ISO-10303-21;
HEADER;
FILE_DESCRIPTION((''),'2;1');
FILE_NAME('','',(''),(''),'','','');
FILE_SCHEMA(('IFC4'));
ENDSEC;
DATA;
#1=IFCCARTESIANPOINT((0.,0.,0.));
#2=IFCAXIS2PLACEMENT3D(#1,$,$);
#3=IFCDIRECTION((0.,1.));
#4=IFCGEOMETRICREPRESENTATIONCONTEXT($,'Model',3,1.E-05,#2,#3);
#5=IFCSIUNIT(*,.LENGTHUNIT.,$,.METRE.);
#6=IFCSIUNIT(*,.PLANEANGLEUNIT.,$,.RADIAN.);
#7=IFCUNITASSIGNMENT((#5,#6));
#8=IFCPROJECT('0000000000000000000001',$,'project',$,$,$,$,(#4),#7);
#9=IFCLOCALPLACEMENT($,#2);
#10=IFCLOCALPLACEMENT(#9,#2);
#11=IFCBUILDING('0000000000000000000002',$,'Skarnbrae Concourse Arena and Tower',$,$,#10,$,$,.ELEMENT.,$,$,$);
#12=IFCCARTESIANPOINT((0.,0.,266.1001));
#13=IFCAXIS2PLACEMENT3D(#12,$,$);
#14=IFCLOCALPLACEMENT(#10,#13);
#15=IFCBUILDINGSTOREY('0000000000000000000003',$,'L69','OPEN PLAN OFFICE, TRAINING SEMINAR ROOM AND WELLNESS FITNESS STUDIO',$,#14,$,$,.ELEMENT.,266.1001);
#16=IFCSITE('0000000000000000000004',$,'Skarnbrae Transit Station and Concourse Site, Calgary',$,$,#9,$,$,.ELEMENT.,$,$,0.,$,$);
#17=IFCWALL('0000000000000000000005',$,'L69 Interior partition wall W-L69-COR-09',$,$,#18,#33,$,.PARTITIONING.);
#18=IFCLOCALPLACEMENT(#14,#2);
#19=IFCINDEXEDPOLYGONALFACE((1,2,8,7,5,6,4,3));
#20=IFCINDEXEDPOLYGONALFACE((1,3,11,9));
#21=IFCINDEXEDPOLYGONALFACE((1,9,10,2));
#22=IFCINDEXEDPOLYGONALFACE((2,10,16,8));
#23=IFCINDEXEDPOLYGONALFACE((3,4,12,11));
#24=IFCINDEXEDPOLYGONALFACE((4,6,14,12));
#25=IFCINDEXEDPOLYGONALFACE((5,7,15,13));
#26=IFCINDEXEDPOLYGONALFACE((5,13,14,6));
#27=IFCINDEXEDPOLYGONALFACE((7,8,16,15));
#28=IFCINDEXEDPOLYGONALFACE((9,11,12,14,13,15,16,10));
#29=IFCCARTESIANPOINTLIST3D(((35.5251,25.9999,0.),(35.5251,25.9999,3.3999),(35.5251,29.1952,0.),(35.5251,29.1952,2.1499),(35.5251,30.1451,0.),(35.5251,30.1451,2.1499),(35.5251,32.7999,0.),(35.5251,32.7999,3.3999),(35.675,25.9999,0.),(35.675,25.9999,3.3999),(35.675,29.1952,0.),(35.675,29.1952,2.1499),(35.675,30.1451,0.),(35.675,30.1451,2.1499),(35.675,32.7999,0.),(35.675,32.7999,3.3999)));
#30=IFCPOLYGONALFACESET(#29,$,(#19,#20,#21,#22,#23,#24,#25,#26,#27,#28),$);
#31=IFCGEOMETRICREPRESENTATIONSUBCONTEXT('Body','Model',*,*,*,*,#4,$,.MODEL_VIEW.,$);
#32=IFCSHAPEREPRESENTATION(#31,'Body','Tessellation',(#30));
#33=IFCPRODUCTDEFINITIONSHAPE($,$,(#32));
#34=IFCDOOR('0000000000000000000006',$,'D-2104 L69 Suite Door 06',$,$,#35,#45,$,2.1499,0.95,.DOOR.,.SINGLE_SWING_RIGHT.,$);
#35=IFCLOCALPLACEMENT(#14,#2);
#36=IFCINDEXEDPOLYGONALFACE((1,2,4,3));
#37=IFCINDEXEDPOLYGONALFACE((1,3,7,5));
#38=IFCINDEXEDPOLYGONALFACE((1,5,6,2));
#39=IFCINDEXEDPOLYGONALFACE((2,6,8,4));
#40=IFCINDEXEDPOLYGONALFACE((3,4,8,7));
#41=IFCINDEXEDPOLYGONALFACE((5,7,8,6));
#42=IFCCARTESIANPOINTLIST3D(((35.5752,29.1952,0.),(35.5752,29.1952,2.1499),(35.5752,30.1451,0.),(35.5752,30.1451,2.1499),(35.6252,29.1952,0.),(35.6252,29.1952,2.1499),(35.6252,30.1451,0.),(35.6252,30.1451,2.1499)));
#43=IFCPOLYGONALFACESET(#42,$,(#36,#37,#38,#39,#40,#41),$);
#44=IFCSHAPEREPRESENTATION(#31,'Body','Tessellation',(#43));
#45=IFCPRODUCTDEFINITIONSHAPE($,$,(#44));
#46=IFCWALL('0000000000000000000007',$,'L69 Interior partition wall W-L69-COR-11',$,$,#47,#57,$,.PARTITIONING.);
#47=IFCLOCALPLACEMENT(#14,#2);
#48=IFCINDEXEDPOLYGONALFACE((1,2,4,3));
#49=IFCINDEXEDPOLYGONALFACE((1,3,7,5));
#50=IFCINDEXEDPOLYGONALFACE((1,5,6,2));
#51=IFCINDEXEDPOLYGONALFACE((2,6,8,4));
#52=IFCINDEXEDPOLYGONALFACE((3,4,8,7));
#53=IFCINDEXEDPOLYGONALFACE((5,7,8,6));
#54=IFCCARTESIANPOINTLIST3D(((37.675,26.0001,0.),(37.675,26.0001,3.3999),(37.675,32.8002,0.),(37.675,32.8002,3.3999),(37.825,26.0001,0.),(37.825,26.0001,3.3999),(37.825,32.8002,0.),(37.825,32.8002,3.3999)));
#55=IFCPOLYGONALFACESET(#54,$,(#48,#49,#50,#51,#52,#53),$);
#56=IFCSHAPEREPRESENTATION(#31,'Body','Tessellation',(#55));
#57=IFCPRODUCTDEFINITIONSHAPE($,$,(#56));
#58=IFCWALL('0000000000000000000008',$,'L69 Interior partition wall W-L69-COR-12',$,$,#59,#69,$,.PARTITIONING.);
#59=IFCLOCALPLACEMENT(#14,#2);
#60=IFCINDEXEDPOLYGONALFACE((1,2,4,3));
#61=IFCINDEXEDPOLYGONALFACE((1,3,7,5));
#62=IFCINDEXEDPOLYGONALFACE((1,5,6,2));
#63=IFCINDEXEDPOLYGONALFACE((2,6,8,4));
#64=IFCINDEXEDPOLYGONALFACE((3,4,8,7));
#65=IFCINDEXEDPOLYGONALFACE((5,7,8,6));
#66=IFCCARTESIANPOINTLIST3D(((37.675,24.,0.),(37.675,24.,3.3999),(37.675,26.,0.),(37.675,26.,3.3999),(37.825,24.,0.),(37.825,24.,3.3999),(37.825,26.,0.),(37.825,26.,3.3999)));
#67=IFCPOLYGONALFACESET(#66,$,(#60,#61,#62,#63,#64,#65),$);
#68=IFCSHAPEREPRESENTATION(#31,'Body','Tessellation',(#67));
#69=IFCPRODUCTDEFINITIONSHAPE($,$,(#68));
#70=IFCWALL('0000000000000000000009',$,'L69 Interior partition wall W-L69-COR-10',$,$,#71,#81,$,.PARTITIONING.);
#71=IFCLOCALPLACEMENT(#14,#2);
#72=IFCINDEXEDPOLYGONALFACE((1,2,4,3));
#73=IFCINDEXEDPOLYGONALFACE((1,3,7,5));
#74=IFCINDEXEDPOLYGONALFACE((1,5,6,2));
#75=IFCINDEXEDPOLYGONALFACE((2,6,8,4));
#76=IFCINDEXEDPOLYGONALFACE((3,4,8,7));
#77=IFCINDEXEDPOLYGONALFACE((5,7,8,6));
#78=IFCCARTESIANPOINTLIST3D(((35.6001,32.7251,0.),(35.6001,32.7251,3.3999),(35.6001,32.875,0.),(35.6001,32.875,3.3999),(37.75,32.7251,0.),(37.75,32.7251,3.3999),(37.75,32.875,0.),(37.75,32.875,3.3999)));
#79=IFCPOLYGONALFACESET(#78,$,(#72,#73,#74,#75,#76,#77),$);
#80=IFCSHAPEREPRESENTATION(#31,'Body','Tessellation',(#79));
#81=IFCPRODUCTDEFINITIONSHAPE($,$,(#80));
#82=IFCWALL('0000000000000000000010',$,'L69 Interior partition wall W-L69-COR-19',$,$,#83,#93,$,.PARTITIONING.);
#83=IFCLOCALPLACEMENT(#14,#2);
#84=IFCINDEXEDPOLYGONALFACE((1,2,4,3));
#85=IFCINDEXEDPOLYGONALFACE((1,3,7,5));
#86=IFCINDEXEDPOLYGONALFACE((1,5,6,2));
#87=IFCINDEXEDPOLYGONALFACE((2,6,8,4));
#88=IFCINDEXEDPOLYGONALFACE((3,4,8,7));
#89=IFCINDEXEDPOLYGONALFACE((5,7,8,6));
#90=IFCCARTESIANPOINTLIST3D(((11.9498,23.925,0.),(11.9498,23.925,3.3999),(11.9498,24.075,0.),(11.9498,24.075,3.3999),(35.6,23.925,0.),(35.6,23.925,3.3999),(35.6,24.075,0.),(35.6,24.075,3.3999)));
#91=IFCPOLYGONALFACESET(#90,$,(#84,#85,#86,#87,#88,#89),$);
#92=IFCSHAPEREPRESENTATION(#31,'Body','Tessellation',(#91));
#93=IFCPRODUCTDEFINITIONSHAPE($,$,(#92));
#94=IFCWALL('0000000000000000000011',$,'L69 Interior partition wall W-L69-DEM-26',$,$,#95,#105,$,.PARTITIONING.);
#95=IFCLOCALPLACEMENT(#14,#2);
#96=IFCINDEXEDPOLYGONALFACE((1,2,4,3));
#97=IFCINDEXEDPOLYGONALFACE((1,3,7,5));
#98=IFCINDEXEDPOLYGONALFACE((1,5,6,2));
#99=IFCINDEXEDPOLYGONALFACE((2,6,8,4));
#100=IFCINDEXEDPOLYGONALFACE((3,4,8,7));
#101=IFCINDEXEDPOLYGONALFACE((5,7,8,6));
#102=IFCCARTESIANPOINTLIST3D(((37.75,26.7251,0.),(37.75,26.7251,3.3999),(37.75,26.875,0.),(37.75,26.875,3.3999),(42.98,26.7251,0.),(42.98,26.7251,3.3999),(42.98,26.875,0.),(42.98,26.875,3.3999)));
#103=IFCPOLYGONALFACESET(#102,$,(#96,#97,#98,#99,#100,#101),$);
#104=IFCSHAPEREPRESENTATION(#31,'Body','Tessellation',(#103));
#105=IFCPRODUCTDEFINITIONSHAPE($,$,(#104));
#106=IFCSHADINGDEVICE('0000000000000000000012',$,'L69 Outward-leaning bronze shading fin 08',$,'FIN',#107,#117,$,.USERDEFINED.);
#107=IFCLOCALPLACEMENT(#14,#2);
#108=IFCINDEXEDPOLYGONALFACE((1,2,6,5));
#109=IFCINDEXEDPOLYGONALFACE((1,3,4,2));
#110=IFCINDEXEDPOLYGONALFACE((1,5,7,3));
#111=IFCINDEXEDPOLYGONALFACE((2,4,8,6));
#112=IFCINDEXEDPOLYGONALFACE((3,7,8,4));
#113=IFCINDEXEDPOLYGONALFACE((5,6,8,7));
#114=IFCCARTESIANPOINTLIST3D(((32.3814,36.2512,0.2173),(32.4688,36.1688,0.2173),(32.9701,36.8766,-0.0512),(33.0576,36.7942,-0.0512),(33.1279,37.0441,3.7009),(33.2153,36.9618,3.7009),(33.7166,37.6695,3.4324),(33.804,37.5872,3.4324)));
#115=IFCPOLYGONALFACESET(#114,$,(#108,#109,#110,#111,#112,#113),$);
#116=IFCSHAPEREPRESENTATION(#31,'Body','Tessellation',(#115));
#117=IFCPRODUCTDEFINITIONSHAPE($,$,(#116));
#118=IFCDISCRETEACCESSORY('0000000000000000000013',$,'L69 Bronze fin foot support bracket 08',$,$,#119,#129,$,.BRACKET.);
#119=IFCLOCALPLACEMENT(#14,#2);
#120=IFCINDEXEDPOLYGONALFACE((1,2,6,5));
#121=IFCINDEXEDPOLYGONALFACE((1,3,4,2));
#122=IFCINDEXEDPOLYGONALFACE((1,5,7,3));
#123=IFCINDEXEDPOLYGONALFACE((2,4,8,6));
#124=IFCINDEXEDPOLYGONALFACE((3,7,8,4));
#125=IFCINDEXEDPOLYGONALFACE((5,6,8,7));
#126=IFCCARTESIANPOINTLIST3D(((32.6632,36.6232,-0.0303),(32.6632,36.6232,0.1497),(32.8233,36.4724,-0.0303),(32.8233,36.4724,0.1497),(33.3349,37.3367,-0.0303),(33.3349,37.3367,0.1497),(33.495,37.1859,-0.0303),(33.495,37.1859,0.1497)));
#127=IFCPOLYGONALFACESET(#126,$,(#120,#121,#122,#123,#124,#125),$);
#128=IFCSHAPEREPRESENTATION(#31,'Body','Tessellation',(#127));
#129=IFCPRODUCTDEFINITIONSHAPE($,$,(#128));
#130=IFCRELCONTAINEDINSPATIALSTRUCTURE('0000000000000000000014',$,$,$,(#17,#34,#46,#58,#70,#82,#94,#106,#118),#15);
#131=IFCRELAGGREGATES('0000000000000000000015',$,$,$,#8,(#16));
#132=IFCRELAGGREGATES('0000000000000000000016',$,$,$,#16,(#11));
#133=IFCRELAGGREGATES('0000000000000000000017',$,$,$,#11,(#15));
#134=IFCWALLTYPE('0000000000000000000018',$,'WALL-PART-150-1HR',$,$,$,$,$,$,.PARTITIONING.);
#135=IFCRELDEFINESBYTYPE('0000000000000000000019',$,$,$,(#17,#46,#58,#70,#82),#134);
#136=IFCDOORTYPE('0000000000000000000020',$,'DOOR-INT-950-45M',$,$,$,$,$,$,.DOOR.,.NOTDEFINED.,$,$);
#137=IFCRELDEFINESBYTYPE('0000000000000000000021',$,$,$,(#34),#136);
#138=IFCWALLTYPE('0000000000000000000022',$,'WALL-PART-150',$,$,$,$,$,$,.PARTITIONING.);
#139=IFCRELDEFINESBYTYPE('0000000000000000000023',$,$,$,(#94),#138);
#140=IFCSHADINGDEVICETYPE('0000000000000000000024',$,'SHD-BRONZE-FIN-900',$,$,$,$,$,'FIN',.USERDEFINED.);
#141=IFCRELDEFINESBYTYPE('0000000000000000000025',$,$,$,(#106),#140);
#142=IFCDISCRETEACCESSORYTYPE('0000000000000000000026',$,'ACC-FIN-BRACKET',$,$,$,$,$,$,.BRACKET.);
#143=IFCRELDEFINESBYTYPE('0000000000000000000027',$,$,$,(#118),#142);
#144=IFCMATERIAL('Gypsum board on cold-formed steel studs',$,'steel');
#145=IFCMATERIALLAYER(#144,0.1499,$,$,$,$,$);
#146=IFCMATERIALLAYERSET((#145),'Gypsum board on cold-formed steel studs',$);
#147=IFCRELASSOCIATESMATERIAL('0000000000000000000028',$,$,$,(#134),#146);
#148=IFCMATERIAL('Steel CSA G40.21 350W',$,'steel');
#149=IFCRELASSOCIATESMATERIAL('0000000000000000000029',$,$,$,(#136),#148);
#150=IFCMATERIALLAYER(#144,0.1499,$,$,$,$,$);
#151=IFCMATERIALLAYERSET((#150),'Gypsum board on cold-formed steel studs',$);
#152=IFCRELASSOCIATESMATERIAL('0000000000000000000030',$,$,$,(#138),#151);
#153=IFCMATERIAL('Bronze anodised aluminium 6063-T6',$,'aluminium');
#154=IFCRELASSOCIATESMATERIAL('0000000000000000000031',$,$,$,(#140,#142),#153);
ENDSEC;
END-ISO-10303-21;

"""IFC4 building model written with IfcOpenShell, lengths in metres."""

from ifc_helpers import new_model, si_unit, direction, frame, frame_2d, origin, origin_2d, place, context, subcontext, project, spatial, rectangle, extrude, source, transform, mapped, material, layer, layer_set, type_object, element, fill, save


model = new_model("IFC4")

# Units and contexts
model_context = context("Model", 3, precision=1e-05, world=origin(), true_north=direction((0.0, 1.0)))
body_context = subcontext(model_context, "Body", "Model", "MODEL_VIEW")
ifc_project = project(units=[si_unit("LENGTHUNIT", "METRE"), si_unit("PLANEANGLEUNIT", "RADIAN")], contexts=[model_context])

# Site, building, storey
site_placement = place(None, origin())
site = spatial("IfcSite", under=ifc_project, at=site_placement, Name="Skarnbrae Transit Station and Concourse Site, Calgary", CompositionType="ELEMENT", RefElevation=0.0)
building_placement = place(site_placement, origin())
building = spatial("IfcBuilding", under=site, at=building_placement, Name="Skarnbrae Concourse Arena and Tower", CompositionType="ELEMENT")
storey_placement = place(building_placement, frame((0.0, 0.0, 266.1001)))
storey = spatial("IfcBuildingStorey", under=building, at=storey_placement, Name="L69", Description="OPEN PLAN OFFICE, TRAINING SEMINAR ROOM AND WELLNESS FITNESS STUDIO", CompositionType="ELEMENT", Elevation=266.1001)

# Shared definitions
ifc_material_1 = material(Name="Steel CSA G40.21 350W", Category="steel")

# Shared definitions
ifc_material_2 = material(Name="Bronze anodised aluminium 6063-T6", Category="aluminium")

# Wall, opening, door
ifc_material_3 = material(Name="Gypsum board on cold-formed steel studs", Category="steel")
ifc_layer_1 = layer(ifc_material_3, 0.1499)
ifc_layer_set_1 = layer_set([ifc_layer_1], Name="Gypsum board on cold-formed steel studs")
wall_type_1 = type_object("IfcWallType", Name="WALL-PART-150-1HR", PredefinedType="PARTITIONING", material=ifc_layer_set_1)
door_type = type_object("IfcDoorType", Name="DOOR-INT-950-45M", OperationType="NOTDEFINED", PredefinedType="DOOR", material=ifc_material_1)
shared_shape_1 = source(origin(), body_context, "Body", "SweptSolid", [
    extrude(rectangle(XDim=0.95, YDim=2.1499, at=frame_2d((0.4751, 1.075))), frame((0.0, 0.0249, 0.0), z_axis=(0.0, -1.0, 0.0), x_axis=(1.0, 0.0, 0.0)), (0.0, 0.0, 1.0), 0.05),
])
shared_shape_2 = source(origin(), body_context, "Body", "SweptSolid", [
    extrude(rectangle(XDim=6.8, YDim=0.1499, at=frame_2d((3.3999, 0.0))), origin(), (0.0, 0.0, 1.0), 3.3999),
])
wall_1_placement = place(storey_placement, frame((35.6001, 26.0, 0.0), z_axis=(0.0, 0.0, 1.0), x_axis=(0.0, 1.0, 0.0)))
wall_1 = element("IfcWall", 1, at=wall_1_placement, inside=storey, type_object=wall_type_1, Name="L69 Interior partition wall W-L69-COR-09", PredefinedType="PARTITIONING", context=body_context, shape_type="MappedRepresentation", body=[
    mapped(shared_shape_2, transform((0.0, 0.0, 0.0))),
])
opening_1_placement = place(wall_1_placement, frame((3.1951, 0.0, 0.0)))
opening_1 = element("IfcOpeningElement", 2, at=opening_1_placement, cuts=wall_1, PredefinedType="OPENING", context=body_context, shape_type="SweptSolid", body=[
    extrude(rectangle(XDim=0.95, YDim=2.1499, at=frame_2d((0.4751, 1.075))), frame((0.0, 0.085, 0.0), z_axis=(0.0, -1.0, 0.0), x_axis=(1.0, 0.0, 0.0)), (0.0, 0.0, 1.0), 0.1699),
])
door_1_placement = place(opening_1_placement, origin())
door_1 = element("IfcDoor", 3, at=door_1_placement, inside=storey, type_object=door_type, Name="D-2104 L69 Suite Door 06", OperationType="SINGLE_SWING_RIGHT", OverallHeight=2.1499, OverallWidth=0.95, PredefinedType="DOOR", context=body_context, shape_type="MappedRepresentation", body=[
    mapped(shared_shape_1, transform((0.0, 0.0, 0.0))),
])
fill(opening_1, door_1)

# Walls
wall_2_placement = place(storey_placement, frame((37.75, 32.8, 0.0), z_axis=(0.0, 0.0, 1.0), x_axis=(0.0, -1.0, 0.0)))
element("IfcWall", 4, at=wall_2_placement, inside=storey, type_object=wall_type_1, Name="L69 Interior partition wall W-L69-COR-11", PredefinedType="PARTITIONING", context=body_context, shape_type="MappedRepresentation", body=[
    mapped(shared_shape_2, transform((0.0, 0.0, 0.0))),
])
shared_shape_3 = source(origin(), body_context, "Body", "SweptSolid", [
    extrude(rectangle(XDim=2.0, YDim=0.1499, at=frame_2d((1.0, 0.0))), origin(), (0.0, 0.0, 1.0), 3.3999),
])
wall_3_placement = place(storey_placement, frame((37.75, 26.0, 0.0), z_axis=(0.0, 0.0, 1.0), x_axis=(0.0, -1.0, 0.0)))
element("IfcWall", 5, at=wall_3_placement, inside=storey, type_object=wall_type_1, Name="L69 Interior partition wall W-L69-COR-12", PredefinedType="PARTITIONING", context=body_context, shape_type="MappedRepresentation", body=[
    mapped(shared_shape_3, transform((0.0, 0.0, 0.0))),
])
shared_shape_4 = source(origin(), body_context, "Body", "SweptSolid", [
    extrude(rectangle(XDim=2.1499, YDim=0.1499, at=frame_2d((1.075, 0.0))), origin(), (0.0, 0.0, 1.0), 3.3999),
])
wall_4_placement = place(storey_placement, frame((35.6001, 32.8, 0.0), z_axis=(0.0, 0.0, 1.0), x_axis=(1.0, 0.0, 0.0)))
element("IfcWall", 6, at=wall_4_placement, inside=storey, type_object=wall_type_1, Name="L69 Interior partition wall W-L69-COR-10", PredefinedType="PARTITIONING", context=body_context, shape_type="MappedRepresentation", body=[
    mapped(shared_shape_4, transform((0.0, 0.0, 0.0))),
])
shared_shape_5 = source(origin(), body_context, "Body", "SweptSolid", [
    extrude(rectangle(XDim=23.6501, YDim=0.1499, at=frame_2d((11.8252, 0.0))), origin(), (0.0, 0.0, 1.0), 3.3999),
])
wall_5_placement = place(storey_placement, frame((35.6001, 24.0, 0.0), z_axis=(0.0, 0.0, 1.0), x_axis=(-1.0, 0.0, 0.0)))
element("IfcWall", 7, at=wall_5_placement, inside=storey, type_object=wall_type_1, Name="L69 Interior partition wall W-L69-COR-19", PredefinedType="PARTITIONING", context=body_context, shape_type="MappedRepresentation", body=[
    mapped(shared_shape_5, transform((0.0, 0.0, 0.0))),
])
ifc_layer_2 = layer(ifc_material_3, 0.1499)
ifc_layer_set_2 = layer_set([ifc_layer_2], Name="Gypsum board on cold-formed steel studs")
wall_type_2 = type_object("IfcWallType", Name="WALL-PART-150", PredefinedType="PARTITIONING", material=ifc_layer_set_2)
shared_shape_6 = source(origin(), body_context, "Body", "SweptSolid", [
    extrude(rectangle(XDim=5.23, YDim=0.1499, at=frame_2d((2.615, 0.0))), origin(), (0.0, 0.0, 1.0), 3.3999),
])
wall_6_placement = place(storey_placement, frame((42.98, 26.8, 0.0), z_axis=(0.0, 0.0, 1.0), x_axis=(-1.0, 0.0, 0.0)))
element("IfcWall", 8, at=wall_6_placement, inside=storey, type_object=wall_type_2, Name="L69 Interior partition wall W-L69-DEM-26", PredefinedType="PARTITIONING", context=body_context, shape_type="MappedRepresentation", body=[
    mapped(shared_shape_6, transform((0.0, 0.0, 0.0))),
])

# Shading device
shading_device_type = type_object("IfcShadingDeviceType", Name="SHD-BRONZE-FIN-900", ElementType="FIN", PredefinedType="USERDEFINED", material=ifc_material_2)
shared_shape_7 = source(origin(), body_context, "Body", "SweptSolid", [
    extrude(rectangle(XDim=0.1201, YDim=0.8999, at=origin_2d()), origin(), (0.0, 0.0, 1.0), 3.6499),
])
shading_device_placement = place(storey_placement, frame((32.7195, 36.5227, 0.083), z_axis=(0.204517, 0.217256, 0.954449), x_axis=(0.728132, -0.685437, 0.0)))
element("IfcShadingDevice", 9, at=shading_device_placement, inside=storey, type_object=shading_device_type, Name="L69 Outward-leaning bronze shading fin 08", ObjectType="FIN", PredefinedType="USERDEFINED", context=body_context, shape_type="MappedRepresentation", body=[
    mapped(shared_shape_7, transform((0.0, 0.0, 0.0))),
])

# Discrete accessory
discrete_accessory_type = type_object("IfcDiscreteAccessoryType", Name="ACC-FIN-BRACKET", PredefinedType="BRACKET", material=ifc_material_2)
shared_shape_8 = source(origin(), body_context, "Body", "SweptSolid", [
    extrude(rectangle(XDim=0.22, YDim=0.98, at=origin_2d()), origin(), (0.0, 0.0, 1.0), 0.1799),
])
discrete_accessory_placement = place(storey_placement, frame((33.0791, 36.9045, -0.0303), z_axis=(0.0, 0.0, 1.0), x_axis=(0.728132, -0.685437, 0.0)))
element("IfcDiscreteAccessory", 10, at=discrete_accessory_placement, inside=storey, type_object=discrete_accessory_type, Name="L69 Bronze fin foot support bracket 08", PredefinedType="BRACKET", context=body_context, shape_type="MappedRepresentation", body=[
    mapped(shared_shape_8, transform((0.0, 0.0, 0.0))),
])

save(model, "model.ifc")
